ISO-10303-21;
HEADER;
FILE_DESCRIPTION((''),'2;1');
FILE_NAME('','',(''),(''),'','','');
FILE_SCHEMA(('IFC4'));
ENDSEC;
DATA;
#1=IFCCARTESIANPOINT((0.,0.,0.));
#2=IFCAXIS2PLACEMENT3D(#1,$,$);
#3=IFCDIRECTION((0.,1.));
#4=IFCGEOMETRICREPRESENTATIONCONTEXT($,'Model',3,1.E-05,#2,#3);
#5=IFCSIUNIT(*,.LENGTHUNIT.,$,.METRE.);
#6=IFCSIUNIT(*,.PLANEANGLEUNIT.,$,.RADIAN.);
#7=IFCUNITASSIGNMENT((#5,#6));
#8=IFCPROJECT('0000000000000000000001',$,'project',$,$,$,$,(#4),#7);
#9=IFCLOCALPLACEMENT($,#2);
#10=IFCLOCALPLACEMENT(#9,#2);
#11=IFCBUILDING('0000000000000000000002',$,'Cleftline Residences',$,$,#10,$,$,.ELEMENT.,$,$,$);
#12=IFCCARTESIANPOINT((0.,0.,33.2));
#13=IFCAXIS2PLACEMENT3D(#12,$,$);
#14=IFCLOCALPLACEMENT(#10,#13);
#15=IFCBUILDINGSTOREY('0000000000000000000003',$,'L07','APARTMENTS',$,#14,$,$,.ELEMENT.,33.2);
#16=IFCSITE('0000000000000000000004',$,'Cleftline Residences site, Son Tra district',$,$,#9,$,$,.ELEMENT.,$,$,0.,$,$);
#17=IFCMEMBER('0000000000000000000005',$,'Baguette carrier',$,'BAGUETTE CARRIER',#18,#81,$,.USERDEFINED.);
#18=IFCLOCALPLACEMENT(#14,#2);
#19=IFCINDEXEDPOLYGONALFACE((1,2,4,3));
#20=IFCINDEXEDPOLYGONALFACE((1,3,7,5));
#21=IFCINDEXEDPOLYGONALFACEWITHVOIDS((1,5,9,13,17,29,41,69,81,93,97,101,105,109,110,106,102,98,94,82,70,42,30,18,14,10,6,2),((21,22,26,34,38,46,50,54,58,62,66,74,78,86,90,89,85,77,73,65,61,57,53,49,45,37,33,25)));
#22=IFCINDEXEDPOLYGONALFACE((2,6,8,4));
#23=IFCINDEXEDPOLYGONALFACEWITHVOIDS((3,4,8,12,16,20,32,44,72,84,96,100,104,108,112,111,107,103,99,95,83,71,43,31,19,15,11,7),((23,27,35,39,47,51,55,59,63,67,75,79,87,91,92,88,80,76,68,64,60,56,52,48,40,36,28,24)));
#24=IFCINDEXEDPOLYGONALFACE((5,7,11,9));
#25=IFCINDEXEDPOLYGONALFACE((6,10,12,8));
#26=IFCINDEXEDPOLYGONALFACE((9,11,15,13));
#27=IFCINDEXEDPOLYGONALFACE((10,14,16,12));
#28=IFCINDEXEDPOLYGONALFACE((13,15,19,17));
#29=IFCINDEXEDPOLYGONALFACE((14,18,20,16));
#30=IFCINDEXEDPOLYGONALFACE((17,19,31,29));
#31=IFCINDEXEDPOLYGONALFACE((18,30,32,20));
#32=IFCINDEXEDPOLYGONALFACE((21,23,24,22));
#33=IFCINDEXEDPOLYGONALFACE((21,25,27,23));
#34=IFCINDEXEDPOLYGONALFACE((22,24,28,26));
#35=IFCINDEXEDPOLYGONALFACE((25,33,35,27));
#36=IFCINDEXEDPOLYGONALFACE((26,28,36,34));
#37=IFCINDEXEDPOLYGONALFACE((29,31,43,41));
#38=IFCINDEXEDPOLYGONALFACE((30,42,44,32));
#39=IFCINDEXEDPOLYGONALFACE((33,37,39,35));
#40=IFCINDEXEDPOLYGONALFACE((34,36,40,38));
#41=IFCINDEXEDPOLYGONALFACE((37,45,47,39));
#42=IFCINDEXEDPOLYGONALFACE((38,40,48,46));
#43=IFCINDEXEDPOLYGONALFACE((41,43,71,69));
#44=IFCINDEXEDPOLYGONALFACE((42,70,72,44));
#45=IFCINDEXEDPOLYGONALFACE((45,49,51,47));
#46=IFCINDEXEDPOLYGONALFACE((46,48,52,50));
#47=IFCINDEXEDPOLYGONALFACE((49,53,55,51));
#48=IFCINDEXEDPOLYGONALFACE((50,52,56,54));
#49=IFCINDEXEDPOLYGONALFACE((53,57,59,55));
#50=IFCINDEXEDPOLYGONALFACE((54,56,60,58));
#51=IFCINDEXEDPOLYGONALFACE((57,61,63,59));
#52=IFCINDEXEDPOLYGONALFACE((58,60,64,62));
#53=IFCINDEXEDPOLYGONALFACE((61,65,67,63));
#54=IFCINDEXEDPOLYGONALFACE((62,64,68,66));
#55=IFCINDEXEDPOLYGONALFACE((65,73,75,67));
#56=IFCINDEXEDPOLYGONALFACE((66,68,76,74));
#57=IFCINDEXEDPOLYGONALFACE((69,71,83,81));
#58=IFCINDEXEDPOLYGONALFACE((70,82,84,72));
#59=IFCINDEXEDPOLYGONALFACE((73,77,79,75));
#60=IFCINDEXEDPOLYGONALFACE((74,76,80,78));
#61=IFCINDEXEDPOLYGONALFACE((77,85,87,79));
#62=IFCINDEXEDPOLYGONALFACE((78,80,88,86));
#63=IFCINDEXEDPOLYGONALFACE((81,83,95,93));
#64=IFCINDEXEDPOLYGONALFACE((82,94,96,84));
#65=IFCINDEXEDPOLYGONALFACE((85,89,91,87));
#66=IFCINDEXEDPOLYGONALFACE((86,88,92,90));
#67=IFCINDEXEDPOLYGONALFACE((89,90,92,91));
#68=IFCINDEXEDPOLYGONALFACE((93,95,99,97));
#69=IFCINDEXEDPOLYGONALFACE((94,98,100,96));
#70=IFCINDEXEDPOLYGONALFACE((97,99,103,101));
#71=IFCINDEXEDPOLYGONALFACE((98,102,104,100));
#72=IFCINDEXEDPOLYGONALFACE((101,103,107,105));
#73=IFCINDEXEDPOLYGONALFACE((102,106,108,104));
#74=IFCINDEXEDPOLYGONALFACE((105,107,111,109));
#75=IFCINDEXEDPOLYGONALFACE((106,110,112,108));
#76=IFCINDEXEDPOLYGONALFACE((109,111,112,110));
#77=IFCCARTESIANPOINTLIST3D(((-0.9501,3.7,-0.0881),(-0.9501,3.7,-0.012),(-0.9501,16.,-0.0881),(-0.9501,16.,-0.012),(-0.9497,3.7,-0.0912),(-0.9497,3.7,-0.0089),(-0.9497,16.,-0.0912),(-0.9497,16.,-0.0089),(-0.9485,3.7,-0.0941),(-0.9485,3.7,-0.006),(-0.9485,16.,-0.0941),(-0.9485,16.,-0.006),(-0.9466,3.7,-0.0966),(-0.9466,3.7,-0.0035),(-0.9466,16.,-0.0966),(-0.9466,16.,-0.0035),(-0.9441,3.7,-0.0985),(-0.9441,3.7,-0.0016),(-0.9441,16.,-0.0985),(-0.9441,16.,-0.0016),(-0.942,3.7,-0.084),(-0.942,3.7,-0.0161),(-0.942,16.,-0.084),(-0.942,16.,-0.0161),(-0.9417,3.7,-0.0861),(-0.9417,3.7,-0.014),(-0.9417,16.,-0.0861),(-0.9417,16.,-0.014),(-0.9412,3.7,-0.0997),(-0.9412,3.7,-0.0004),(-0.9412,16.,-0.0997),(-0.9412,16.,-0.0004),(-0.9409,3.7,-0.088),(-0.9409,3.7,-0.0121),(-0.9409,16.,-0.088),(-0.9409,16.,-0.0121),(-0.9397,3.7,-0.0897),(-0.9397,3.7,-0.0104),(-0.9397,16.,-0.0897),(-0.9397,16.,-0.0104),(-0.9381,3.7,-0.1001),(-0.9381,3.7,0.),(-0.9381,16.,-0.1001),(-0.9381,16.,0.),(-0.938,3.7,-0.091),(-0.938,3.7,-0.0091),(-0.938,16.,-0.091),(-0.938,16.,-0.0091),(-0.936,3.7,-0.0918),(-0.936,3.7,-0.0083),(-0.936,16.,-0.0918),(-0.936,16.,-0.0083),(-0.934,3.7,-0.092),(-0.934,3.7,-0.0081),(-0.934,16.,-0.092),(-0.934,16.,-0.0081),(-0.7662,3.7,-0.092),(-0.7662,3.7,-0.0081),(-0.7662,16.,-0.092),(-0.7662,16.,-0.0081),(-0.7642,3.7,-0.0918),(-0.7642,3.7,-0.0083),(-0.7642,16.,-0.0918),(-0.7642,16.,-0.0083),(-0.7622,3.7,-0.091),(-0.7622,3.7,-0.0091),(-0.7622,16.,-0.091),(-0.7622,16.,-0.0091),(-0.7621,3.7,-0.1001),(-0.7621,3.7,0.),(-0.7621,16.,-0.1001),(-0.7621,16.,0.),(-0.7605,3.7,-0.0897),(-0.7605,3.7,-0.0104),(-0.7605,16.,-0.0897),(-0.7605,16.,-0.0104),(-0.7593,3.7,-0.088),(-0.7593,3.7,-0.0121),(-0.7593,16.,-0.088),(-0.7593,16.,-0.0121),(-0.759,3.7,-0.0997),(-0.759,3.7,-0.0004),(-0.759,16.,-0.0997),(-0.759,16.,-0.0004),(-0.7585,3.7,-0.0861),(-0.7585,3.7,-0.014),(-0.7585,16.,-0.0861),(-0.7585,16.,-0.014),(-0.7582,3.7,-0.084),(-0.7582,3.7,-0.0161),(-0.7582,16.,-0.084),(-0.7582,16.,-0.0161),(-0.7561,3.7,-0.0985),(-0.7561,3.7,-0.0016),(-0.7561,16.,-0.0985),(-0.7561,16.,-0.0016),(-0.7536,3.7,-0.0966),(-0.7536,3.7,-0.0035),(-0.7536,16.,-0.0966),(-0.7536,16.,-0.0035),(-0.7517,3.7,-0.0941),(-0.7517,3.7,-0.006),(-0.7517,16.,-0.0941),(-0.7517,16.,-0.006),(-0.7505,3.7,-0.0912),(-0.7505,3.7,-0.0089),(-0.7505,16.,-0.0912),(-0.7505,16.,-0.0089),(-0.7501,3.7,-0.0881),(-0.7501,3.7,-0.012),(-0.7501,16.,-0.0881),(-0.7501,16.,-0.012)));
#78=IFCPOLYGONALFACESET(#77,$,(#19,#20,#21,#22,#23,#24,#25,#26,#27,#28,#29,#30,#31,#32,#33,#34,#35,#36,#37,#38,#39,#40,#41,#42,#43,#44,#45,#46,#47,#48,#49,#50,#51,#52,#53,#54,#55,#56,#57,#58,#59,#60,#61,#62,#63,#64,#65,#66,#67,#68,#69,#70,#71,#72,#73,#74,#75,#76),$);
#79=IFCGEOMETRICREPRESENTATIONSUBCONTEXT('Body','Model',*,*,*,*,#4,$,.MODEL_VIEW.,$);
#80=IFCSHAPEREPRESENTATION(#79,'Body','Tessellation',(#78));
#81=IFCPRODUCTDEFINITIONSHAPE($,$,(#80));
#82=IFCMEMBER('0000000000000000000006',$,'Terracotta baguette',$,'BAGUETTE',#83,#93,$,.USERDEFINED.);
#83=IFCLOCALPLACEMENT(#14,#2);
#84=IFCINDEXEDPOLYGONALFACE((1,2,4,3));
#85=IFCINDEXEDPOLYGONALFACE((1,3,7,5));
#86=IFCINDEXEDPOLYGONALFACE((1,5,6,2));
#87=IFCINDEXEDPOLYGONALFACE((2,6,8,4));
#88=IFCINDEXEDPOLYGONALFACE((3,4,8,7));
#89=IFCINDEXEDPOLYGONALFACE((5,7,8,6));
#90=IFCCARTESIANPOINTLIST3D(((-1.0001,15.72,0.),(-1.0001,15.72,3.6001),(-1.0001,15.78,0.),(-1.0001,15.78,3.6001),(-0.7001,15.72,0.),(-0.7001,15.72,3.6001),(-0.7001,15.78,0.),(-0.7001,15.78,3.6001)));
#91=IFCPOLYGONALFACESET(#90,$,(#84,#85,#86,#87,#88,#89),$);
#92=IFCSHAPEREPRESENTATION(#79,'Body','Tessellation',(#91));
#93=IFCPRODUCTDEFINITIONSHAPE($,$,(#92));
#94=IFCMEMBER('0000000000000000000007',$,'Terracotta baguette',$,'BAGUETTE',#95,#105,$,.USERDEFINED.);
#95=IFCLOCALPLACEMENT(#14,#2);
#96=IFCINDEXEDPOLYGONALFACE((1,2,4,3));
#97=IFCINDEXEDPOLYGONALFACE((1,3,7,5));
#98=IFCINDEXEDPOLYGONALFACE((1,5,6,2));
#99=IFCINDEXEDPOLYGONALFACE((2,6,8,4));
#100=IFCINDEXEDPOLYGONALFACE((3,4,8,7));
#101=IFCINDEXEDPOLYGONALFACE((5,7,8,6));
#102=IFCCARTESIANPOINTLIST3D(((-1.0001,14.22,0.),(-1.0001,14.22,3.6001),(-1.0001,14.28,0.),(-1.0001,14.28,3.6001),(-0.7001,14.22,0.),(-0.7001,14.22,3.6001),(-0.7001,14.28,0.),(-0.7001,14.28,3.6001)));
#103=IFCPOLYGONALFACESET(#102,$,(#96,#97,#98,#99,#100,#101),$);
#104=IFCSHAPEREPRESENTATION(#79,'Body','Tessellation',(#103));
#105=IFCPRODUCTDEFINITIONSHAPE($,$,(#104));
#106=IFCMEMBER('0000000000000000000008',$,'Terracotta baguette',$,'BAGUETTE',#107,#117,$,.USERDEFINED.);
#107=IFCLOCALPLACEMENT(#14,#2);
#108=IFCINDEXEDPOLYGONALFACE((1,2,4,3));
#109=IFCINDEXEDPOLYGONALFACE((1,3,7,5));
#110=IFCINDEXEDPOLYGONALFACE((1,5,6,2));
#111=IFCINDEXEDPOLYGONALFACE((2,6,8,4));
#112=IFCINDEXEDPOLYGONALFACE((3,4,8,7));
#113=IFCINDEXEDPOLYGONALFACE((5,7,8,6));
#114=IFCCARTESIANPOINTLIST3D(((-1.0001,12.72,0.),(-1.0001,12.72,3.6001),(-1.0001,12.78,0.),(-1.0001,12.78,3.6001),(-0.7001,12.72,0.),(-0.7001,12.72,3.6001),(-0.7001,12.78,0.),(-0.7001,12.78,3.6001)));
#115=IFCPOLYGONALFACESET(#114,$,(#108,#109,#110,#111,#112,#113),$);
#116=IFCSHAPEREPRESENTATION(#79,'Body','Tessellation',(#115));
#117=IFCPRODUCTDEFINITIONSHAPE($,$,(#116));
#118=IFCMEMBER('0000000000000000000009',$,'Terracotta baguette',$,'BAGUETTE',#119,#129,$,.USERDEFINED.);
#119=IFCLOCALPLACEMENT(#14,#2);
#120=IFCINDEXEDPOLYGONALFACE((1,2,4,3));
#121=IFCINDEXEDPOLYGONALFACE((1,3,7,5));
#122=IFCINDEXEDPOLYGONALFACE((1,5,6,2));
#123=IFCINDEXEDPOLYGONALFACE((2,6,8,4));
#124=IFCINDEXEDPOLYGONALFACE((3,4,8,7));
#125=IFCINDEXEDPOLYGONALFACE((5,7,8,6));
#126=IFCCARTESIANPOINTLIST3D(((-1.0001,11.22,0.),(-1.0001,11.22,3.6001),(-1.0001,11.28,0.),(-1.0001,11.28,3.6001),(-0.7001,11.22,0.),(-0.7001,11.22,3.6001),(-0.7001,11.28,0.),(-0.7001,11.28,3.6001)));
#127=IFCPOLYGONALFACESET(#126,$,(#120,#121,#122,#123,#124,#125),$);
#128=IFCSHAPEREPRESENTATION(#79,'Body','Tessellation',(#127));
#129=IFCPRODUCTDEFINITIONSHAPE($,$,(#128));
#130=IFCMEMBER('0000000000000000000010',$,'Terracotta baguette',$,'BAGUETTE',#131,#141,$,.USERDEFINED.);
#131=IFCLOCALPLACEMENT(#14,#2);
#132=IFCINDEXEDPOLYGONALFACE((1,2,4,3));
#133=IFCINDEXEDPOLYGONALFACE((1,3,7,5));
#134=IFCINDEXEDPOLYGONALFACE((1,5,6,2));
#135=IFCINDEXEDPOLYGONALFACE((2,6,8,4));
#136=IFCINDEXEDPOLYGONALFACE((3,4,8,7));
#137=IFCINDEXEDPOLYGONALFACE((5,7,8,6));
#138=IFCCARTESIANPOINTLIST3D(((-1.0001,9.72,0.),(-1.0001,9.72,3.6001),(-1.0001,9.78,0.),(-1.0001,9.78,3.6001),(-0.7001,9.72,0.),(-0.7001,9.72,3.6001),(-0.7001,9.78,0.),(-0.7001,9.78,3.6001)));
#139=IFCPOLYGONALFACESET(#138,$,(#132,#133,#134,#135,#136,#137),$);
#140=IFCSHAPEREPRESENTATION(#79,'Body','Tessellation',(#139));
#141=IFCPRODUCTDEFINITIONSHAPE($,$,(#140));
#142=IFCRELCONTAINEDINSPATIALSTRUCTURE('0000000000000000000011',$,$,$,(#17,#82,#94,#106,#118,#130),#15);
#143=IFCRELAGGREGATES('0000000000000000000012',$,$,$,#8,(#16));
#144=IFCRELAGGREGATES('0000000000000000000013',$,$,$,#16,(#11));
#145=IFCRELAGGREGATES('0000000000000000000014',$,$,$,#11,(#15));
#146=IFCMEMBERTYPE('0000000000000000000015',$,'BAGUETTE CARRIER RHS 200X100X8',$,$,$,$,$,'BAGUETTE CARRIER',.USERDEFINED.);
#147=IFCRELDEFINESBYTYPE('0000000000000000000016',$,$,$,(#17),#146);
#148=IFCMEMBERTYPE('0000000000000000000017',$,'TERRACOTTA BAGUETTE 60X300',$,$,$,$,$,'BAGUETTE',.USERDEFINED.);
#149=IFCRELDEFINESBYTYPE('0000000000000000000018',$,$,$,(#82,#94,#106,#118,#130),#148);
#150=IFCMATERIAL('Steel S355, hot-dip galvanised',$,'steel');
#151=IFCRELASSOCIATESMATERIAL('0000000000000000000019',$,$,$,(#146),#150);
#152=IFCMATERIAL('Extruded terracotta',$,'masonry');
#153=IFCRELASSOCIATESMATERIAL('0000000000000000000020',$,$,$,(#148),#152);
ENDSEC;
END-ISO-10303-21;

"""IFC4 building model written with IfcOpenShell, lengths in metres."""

from ifc_helpers import new_model, si_unit, direction, frame, origin, origin_2d, place, context, subcontext, project, spatial, rectangle, hollow_rectangle, extrude, material, material_profile, profile_set, type_object, element, save


model = new_model("IFC4")

# Units and contexts
model_context = context("Model", 3, precision=1e-05, world=origin(), true_north=direction((0.0, 1.0)))
body_context = subcontext(model_context, "Body", "Model", "MODEL_VIEW")
ifc_project = project(units=[si_unit("LENGTHUNIT", "METRE"), si_unit("PLANEANGLEUNIT", "RADIAN")], contexts=[model_context])

# Site, building, storey
site_placement = place(None, origin())
site = spatial("IfcSite", under=ifc_project, at=site_placement, Name="Cleftline Residences site, Son Tra district", CompositionType="ELEMENT", RefElevation=0.0)
building_placement = place(site_placement, origin())
building = spatial("IfcBuilding", under=site, at=building_placement, Name="Cleftline Residences", CompositionType="ELEMENT")
storey_placement = place(building_placement, frame((0.0, 0.0, 33.2)))
storey = spatial("IfcBuildingStorey", under=building, at=storey_placement, Name="L07", Description="APARTMENTS", CompositionType="ELEMENT", Elevation=33.2)

# Members
ifc_material_1 = material(Name="Steel S355, hot-dip galvanised", Category="steel")
ifc_material_profile_1 = material_profile(ifc_material_1, hollow_rectangle(XDim=0.1001, YDim=0.2, WallThickness=0.0081, InnerFilletRadius=0.0081, OuterFilletRadius=0.012, at=origin_2d()))
ifc_profile_set_1 = profile_set([ifc_material_profile_1], Name="Steel S355, hot-dip galvanised")
member_type_1 = type_object("IfcMemberType", Name="BAGUETTE CARRIER RHS 200X100X8", ElementType="BAGUETTE CARRIER", PredefinedType="USERDEFINED", material=ifc_profile_set_1)
member_placement = place(storey_placement, frame((-0.8501, 16.0, -0.05), z_axis=(0.0, -1.0, 0.0), x_axis=(0.0, 0.0, 1.0)))
element("IfcMember", 1, at=member_placement, inside=storey, type_object=member_type_1, Name="Baguette carrier", ObjectType="BAGUETTE CARRIER", PredefinedType="USERDEFINED", context=body_context, shape_type="SweptSolid", body=[
    extrude(hollow_rectangle(XDim=0.1001, YDim=0.2, WallThickness=0.0081, InnerFilletRadius=0.0081, OuterFilletRadius=0.012, at=origin_2d()), origin(), (0.0, 0.0, 1.0), 12.3),
])
ifc_material_2 = material(Name="Extruded terracotta", Category="masonry")
ifc_material_profile_2 = material_profile(ifc_material_2, rectangle(XDim=0.0601, YDim=0.3, at=origin_2d()))
ifc_profile_set_2 = profile_set([ifc_material_profile_2], Name="Extruded terracotta")
member_type_2 = type_object("IfcMemberType", Name="TERRACOTTA BAGUETTE 60X300", ElementType="BAGUETTE", PredefinedType="USERDEFINED", material=ifc_profile_set_2)
for number, where, z_axis, x_axis, name in (
    (2, (-0.8501, 15.75, 0.0), (0.0, 0.0, 1.0), (0.0, 1.0, 0.0), "Terracotta baguette"),
    (3, (-0.8501, 14.25, 0.0), (0.0, 0.0, 1.0), (0.0, 1.0, 0.0), "Terracotta baguette"),
    (4, (-0.8501, 12.75, 0.0), (0.0, 0.0, 1.0), (0.0, 1.0, 0.0), "Terracotta baguette"),
    (5, (-0.8501, 11.25, 0.0), (0.0, 0.0, 1.0), (0.0, 1.0, 0.0), "Terracotta baguette"),
    (6, (-0.8501, 9.75, 0.0), (0.0, 0.0, 1.0), (0.0, 1.0, 0.0), "Terracotta baguette"),
):
    element("IfcMember", number, at=place(storey_placement, frame(where, z_axis=z_axis, x_axis=x_axis)), inside=storey, type_object=member_type_2, Name=name, ObjectType="BAGUETTE", PredefinedType="USERDEFINED", context=body_context, shape_type="SweptSolid", body=[
        extrude(rectangle(XDim=0.0601, YDim=0.3, at=origin_2d()), origin(), (0.0, 0.0, 1.0), 3.6001),
    ])

save(model, "model.ifc")
